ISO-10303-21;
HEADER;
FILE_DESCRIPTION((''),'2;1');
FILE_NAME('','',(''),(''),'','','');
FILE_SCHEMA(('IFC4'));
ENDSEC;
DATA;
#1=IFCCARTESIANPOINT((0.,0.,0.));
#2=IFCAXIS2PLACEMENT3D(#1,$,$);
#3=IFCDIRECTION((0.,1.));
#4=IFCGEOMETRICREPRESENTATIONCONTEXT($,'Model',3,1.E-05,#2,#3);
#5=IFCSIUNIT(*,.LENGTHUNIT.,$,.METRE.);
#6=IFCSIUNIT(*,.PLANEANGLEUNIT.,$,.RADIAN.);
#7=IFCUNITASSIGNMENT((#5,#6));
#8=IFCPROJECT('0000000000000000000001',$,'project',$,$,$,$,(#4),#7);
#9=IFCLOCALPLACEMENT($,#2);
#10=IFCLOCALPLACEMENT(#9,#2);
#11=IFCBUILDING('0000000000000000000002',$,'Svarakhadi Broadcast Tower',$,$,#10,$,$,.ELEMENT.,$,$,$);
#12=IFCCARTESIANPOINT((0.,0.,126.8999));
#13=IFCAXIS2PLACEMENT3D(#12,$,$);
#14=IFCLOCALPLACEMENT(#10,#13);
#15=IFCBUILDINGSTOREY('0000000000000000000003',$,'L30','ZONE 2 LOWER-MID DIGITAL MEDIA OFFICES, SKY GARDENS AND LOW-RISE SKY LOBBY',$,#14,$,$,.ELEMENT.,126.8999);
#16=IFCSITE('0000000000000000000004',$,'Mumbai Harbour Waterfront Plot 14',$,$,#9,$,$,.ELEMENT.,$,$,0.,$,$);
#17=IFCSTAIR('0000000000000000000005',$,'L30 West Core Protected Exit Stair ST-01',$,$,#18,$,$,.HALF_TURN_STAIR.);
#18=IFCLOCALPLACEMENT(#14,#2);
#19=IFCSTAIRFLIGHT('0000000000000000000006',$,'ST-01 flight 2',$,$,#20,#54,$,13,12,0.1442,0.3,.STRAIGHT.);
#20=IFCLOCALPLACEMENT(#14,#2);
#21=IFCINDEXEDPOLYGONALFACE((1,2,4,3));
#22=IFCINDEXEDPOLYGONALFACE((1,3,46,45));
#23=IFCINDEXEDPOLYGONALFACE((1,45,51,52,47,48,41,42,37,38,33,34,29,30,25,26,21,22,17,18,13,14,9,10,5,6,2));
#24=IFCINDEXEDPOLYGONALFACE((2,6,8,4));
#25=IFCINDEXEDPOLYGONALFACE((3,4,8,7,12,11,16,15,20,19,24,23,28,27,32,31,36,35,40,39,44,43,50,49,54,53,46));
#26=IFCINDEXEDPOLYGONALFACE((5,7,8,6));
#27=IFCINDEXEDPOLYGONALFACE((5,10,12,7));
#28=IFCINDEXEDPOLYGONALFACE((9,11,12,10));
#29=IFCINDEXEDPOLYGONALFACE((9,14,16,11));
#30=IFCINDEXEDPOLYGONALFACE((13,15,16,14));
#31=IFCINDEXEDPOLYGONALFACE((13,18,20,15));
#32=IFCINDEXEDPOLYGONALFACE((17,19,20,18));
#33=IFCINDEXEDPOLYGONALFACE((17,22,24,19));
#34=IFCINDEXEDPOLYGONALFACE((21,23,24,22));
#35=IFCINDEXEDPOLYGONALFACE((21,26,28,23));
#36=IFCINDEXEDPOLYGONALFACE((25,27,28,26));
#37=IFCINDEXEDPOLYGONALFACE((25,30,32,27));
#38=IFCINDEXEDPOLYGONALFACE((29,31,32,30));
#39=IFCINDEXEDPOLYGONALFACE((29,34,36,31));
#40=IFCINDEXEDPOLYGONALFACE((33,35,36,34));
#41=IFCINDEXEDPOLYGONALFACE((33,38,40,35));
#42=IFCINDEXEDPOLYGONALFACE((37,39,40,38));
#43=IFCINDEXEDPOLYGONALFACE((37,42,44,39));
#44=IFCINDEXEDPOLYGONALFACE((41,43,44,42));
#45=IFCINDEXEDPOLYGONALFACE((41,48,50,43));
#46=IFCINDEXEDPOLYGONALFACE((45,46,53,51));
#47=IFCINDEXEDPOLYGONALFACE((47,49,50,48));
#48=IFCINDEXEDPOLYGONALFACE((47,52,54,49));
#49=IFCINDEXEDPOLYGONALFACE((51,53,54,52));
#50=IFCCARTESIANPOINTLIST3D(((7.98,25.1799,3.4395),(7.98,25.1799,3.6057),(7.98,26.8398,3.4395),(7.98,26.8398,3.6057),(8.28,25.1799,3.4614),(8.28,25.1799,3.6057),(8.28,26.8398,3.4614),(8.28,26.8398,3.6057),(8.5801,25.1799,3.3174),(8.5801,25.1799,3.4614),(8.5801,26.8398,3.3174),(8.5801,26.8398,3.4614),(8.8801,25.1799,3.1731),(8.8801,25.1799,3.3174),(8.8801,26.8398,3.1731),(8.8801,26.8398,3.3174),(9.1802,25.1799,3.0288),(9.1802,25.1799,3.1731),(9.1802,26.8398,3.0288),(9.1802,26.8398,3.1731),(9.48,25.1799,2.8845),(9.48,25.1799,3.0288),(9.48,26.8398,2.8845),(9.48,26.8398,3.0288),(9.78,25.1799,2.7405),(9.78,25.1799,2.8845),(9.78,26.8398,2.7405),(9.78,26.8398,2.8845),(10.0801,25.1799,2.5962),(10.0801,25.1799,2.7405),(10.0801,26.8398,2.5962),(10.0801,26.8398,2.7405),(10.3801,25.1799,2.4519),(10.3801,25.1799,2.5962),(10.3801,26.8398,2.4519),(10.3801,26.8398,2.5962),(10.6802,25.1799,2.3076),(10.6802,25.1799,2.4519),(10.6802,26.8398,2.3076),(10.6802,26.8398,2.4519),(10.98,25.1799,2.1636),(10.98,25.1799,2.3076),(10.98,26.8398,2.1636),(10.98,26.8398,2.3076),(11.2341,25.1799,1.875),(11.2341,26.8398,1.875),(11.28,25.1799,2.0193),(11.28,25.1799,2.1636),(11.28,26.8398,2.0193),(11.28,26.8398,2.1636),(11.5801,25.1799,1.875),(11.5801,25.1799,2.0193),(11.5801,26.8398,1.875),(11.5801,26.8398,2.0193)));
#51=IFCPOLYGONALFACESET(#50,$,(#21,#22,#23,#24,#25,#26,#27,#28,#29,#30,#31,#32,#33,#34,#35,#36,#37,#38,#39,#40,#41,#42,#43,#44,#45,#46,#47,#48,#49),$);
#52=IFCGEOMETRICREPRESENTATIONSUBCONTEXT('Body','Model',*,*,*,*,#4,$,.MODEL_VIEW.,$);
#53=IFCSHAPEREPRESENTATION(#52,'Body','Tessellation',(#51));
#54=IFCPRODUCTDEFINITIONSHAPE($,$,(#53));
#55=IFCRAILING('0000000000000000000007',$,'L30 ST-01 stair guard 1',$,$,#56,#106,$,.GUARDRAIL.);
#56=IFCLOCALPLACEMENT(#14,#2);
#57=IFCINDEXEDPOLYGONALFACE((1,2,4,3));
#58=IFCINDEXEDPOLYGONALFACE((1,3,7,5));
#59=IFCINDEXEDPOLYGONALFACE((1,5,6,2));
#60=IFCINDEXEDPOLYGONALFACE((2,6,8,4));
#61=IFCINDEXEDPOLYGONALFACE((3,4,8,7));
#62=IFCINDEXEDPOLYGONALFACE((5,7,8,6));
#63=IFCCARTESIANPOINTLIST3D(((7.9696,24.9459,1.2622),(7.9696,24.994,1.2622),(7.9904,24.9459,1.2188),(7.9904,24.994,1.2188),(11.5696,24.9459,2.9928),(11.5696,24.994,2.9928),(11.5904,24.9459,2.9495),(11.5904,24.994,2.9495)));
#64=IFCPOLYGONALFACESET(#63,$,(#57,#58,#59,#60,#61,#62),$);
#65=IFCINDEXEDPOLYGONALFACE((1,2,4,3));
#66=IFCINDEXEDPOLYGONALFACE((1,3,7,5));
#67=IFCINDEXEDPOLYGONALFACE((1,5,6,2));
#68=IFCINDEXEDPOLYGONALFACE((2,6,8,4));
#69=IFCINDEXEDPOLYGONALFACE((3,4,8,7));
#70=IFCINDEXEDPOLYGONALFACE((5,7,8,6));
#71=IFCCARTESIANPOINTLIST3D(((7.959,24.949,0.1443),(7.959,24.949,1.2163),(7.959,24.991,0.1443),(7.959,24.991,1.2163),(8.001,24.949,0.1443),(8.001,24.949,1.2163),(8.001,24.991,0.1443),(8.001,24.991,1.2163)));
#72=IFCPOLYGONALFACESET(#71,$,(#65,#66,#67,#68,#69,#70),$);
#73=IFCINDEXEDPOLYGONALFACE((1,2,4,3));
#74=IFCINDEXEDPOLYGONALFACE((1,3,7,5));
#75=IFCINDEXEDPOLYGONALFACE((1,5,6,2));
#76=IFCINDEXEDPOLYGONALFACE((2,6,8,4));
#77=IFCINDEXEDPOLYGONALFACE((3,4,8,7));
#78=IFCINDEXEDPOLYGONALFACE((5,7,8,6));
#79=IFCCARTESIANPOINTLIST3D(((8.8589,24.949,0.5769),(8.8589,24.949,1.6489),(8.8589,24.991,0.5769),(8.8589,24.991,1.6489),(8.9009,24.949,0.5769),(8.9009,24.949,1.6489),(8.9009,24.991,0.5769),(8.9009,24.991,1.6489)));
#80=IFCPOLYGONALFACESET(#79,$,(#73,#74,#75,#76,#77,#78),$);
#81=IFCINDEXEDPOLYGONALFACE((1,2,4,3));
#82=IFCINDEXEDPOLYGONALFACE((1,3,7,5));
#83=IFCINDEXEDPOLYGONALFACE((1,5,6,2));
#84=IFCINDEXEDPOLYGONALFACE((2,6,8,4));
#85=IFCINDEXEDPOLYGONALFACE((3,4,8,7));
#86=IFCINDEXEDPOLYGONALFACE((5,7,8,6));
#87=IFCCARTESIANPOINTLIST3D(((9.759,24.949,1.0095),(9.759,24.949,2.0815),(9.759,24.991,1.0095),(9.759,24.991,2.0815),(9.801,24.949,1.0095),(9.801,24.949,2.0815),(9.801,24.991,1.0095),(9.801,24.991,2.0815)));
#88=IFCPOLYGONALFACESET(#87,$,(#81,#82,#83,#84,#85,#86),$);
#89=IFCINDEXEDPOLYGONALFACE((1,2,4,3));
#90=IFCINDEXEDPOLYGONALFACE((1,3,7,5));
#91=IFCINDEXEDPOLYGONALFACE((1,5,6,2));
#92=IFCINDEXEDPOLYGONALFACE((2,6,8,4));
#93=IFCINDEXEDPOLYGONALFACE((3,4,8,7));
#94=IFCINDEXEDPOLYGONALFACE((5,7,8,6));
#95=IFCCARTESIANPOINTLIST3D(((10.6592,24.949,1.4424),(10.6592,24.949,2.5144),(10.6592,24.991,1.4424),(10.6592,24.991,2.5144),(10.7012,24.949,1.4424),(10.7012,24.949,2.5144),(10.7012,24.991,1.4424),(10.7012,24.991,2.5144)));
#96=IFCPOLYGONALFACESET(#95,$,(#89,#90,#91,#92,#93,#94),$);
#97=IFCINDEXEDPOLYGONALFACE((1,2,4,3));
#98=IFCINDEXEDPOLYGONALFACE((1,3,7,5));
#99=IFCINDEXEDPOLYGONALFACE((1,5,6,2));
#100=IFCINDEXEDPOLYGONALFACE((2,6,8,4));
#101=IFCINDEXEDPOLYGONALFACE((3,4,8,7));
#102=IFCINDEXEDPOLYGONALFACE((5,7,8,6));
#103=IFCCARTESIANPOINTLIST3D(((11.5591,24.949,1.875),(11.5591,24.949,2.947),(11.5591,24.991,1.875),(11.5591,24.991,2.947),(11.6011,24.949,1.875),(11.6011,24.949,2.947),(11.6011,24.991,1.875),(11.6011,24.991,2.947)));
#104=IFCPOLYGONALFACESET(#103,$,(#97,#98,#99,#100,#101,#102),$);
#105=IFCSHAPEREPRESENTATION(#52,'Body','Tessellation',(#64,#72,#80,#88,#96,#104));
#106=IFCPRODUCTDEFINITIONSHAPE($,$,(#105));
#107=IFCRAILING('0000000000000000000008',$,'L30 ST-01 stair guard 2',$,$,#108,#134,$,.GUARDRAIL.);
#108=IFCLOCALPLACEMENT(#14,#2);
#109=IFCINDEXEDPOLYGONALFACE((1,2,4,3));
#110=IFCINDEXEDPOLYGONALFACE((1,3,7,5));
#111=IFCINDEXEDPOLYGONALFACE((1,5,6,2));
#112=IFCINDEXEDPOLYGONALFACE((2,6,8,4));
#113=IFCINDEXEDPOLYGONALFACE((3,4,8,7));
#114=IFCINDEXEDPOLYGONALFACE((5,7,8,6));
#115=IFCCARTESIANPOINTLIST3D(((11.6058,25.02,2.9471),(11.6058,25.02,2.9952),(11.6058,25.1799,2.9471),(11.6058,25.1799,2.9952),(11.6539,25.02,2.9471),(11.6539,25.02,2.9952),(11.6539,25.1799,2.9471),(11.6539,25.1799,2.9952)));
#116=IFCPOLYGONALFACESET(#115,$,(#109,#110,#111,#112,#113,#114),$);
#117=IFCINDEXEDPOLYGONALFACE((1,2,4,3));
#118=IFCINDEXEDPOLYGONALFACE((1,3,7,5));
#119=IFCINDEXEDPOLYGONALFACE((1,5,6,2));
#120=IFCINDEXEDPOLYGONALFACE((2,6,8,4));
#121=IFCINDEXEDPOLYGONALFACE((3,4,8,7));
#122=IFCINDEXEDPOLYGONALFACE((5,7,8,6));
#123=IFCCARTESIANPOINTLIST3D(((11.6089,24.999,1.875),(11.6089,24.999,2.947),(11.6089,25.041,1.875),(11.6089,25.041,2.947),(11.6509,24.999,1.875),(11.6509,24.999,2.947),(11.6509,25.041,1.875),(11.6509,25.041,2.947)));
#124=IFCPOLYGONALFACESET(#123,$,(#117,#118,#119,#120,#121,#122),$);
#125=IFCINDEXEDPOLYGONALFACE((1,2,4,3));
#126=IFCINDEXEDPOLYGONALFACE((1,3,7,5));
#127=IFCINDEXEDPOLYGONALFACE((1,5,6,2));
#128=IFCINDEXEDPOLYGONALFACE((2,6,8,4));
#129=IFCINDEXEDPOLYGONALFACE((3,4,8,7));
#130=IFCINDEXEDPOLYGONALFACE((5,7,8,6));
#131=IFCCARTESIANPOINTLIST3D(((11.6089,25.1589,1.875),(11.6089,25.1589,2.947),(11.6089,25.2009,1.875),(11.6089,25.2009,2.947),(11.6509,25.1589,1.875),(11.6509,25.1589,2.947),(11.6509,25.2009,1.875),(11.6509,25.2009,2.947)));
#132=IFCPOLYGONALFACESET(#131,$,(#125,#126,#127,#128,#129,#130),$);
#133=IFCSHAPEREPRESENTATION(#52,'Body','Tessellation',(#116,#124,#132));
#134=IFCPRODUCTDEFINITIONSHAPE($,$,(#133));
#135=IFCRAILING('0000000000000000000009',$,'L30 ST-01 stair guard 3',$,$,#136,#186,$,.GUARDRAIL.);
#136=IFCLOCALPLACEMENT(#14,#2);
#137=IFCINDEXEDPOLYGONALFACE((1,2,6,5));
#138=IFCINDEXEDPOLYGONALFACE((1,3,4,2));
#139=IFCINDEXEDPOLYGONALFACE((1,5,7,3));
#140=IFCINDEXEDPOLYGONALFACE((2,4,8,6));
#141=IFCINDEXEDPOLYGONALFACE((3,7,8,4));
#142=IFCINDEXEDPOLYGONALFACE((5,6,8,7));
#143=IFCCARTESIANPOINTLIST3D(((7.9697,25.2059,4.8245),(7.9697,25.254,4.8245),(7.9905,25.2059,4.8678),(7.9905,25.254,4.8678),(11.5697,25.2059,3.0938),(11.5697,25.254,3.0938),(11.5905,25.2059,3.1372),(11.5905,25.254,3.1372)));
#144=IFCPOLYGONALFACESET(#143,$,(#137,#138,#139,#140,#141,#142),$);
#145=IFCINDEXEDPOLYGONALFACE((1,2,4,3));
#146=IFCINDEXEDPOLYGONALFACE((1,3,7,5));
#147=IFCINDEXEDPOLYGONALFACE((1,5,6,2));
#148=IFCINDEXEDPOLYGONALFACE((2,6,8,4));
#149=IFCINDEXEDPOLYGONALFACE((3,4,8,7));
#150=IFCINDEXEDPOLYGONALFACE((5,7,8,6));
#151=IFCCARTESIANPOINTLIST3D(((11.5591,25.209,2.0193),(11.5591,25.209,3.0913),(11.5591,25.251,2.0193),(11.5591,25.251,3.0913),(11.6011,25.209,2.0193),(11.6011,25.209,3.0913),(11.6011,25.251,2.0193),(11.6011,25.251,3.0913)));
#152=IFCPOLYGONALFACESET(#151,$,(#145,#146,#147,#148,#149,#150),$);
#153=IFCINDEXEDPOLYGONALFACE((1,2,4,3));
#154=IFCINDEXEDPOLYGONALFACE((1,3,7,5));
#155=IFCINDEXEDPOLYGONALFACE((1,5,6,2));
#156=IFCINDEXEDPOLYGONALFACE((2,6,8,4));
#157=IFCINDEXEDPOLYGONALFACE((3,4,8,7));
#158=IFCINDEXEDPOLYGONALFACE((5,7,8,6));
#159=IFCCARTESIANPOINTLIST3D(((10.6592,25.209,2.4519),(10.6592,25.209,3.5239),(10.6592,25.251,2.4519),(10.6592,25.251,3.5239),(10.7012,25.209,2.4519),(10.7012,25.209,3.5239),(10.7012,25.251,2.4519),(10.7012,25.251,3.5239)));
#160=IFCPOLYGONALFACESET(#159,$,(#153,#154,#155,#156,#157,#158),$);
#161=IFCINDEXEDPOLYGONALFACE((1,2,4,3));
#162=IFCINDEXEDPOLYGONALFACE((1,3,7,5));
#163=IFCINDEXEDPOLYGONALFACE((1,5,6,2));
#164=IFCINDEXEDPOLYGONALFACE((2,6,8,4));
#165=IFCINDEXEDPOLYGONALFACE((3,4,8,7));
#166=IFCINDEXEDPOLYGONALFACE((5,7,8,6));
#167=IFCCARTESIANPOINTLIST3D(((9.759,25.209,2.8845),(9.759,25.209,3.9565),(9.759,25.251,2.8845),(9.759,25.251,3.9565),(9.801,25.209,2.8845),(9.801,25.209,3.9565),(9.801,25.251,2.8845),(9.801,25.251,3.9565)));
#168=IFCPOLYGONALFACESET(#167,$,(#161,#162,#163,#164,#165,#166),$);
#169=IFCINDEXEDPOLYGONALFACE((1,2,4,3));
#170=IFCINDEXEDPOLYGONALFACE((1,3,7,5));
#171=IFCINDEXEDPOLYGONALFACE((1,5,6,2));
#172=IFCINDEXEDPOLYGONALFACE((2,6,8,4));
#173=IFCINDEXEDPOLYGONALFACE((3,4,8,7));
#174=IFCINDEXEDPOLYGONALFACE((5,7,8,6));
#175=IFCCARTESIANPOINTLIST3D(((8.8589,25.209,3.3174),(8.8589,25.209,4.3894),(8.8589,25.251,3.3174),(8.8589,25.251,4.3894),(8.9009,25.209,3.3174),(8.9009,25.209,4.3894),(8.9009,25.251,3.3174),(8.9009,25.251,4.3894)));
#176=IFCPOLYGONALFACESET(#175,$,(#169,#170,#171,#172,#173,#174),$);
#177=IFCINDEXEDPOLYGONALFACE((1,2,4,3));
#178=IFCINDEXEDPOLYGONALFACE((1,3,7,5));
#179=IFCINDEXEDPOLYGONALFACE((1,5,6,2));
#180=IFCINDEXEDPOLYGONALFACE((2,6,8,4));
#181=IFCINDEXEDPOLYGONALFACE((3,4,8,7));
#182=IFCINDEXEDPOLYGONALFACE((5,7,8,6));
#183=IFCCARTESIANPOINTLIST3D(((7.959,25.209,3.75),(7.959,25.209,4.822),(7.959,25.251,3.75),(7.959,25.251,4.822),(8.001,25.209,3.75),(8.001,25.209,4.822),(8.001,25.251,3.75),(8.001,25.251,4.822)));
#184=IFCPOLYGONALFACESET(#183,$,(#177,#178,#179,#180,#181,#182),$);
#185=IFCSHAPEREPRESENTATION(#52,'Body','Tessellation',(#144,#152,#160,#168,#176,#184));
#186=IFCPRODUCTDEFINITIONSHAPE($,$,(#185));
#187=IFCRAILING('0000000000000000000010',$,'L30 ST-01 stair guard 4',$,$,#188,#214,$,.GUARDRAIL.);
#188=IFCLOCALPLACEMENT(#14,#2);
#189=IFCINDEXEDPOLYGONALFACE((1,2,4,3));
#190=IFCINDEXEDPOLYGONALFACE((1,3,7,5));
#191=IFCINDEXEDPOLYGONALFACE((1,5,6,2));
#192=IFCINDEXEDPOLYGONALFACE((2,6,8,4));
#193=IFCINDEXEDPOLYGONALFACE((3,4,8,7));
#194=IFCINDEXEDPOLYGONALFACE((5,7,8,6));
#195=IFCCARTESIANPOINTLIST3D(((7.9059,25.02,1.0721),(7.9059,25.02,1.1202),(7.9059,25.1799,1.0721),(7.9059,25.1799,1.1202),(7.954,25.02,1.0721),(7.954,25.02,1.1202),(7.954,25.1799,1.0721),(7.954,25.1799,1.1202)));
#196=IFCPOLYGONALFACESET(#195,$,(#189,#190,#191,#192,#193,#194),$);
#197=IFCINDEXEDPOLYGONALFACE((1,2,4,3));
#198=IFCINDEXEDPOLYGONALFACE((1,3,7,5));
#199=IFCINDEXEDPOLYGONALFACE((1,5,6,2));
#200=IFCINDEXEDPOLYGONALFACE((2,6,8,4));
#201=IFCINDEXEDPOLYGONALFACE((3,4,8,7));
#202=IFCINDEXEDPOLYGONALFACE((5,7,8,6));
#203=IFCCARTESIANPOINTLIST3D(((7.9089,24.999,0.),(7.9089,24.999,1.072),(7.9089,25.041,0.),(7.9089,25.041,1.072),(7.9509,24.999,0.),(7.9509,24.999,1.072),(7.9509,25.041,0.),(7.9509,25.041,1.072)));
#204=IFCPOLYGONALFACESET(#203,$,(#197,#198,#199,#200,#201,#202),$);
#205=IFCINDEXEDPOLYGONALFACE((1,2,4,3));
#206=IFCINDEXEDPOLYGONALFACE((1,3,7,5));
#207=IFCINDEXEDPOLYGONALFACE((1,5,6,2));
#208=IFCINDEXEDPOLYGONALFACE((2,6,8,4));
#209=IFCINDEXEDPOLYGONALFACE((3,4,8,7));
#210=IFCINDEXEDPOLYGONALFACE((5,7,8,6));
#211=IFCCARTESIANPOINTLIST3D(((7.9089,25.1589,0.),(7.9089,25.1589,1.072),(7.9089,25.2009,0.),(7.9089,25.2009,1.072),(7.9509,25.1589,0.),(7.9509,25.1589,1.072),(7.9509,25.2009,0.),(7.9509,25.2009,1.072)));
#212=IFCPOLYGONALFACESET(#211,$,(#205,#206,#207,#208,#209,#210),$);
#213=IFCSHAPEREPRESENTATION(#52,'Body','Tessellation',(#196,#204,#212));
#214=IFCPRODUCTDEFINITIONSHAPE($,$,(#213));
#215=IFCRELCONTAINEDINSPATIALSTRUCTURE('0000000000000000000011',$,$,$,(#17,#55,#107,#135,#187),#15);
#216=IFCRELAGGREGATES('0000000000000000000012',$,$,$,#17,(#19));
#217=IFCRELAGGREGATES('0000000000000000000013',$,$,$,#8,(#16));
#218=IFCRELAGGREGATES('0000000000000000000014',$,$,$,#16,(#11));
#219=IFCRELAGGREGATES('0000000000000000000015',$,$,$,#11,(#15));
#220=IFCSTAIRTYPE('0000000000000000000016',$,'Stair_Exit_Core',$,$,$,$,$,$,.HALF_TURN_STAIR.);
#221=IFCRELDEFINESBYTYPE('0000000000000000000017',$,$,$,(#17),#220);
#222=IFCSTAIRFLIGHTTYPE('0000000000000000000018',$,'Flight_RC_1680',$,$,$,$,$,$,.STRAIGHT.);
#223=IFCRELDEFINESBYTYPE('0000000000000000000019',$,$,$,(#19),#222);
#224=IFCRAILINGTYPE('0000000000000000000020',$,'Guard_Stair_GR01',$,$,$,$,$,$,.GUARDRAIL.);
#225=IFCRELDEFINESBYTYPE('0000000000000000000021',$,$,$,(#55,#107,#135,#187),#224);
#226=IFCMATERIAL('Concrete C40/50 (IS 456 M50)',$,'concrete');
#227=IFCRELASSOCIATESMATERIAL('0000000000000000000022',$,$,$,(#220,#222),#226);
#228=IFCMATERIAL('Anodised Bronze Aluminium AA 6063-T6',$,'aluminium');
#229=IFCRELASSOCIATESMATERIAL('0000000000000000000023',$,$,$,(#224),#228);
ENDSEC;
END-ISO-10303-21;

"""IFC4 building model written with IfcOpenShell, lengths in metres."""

from ifc_helpers import new_model, si_unit, direction, frame, origin, origin_2d, place, context, subcontext, project, spatial, polyline, rectangle, outline, extrude, material, type_object, element, aggregate, save


model = new_model("IFC4")

# Units and contexts
model_context = context("Model", 3, precision=1e-05, world=origin(), true_north=direction((0.0, 1.0)))
body_context = subcontext(model_context, "Body", "Model", "MODEL_VIEW")
ifc_project = project(units=[si_unit("LENGTHUNIT", "METRE"), si_unit("PLANEANGLEUNIT", "RADIAN")], contexts=[model_context])

# Site, building, storey
site_placement = place(None, origin())
site = spatial("IfcSite", under=ifc_project, at=site_placement, Name="Mumbai Harbour Waterfront Plot 14", CompositionType="ELEMENT", RefElevation=0.0)
building_placement = place(site_placement, origin())
building = spatial("IfcBuilding", under=site, at=building_placement, Name="Svarakhadi Broadcast Tower", CompositionType="ELEMENT")
storey_placement = place(building_placement, frame((0.0, 0.0, 126.8999)))
storey = spatial("IfcBuildingStorey", under=building, at=storey_placement, Name="L30", Description="ZONE 2 LOWER-MID DIGITAL MEDIA OFFICES, SKY GARDENS AND LOW-RISE SKY LOBBY", CompositionType="ELEMENT", Elevation=126.8999)

# Shared definitions
ifc_material_1 = material(Name="Concrete C40/50 (IS 456 M50)", Category="concrete")

# Stair, stair flight
stair_type = type_object("IfcStairType", Name="Stair_Exit_Core", PredefinedType="HALF_TURN_STAIR", material=ifc_material_1)
stair_placement = place(storey_placement, origin())
stair = element("IfcStair", 1, at=stair_placement, inside=storey, type_object=stair_type, Name="L30 West Core Protected Exit Stair ST-01", PredefinedType="HALF_TURN_STAIR")
stair_flight_type = type_object("IfcStairFlightType", Name="Flight_RC_1680", PredefinedType="STRAIGHT", material=ifc_material_1)
stair_flight_1_placement = place(storey_placement, frame((11.5801, 26.01, 1.875), z_axis=(0.0, 0.0, 1.0), x_axis=(-1.0, 0.0, 0.0)))
stair_flight_1 = element("IfcStairFlight", 2, at=stair_flight_1_placement, type_object=stair_flight_type, Name="ST-01 flight 2", NumberOfRisers=13, NumberOfTreads=12, PredefinedType="STRAIGHT", RiserHeight=0.1442, TreadLength=0.3, context=body_context, shape_type="SweptSolid", body=[
    extrude(outline(polyline([(0.0, 0.0), (0.0, 0.1443), (0.3, 0.1443), (0.3, 0.2886), (0.6001, 0.2886), (0.6001, 0.4326), (0.8999, 0.4326), (0.8999, 0.5769), (1.2, 0.5769), (1.2, 0.7212), (1.5, 0.7212), (1.5, 0.8655), (1.8, 0.8655), (1.8, 1.0095), (2.1001, 1.0095), (2.1001, 1.1538), (2.3999, 1.1538), (2.3999, 1.2981), (2.7, 1.2981), (2.7, 1.4424), (3.0, 1.4424), (3.0, 1.5864), (3.3, 1.5864), (3.3, 1.7307), (3.6001, 1.7307), (3.6001, 1.875), (3.6001, 1.5645), (0.3459, 0.0), (0.0, 0.0)])), frame((0.0, 0.8301, 0.0), z_axis=(0.0, -1.0, 0.0), x_axis=(1.0, 0.0, 0.0)), (0.0, 0.0, 1.0), 1.6599),
])
aggregate(stair, [stair_flight_1])

# Railings
ifc_material_2 = material(Name="Anodised Bronze Aluminium AA 6063-T6", Category="aluminium")
railing_type_1 = type_object("IfcRailingType", Name="Guard_Stair_GR01", PredefinedType="GUARDRAIL", material=ifc_material_2)
railing_1_placement = place(storey_placement, frame((7.98, 24.97, 0.1443)))
element("IfcRailing", 3, at=railing_1_placement, inside=storey, type_object=railing_type_1, Name="L30 ST-01 stair guard 1", PredefinedType="GUARDRAIL", context=body_context, shape_type="SweptSolid", body=[
    extrude(rectangle(XDim=0.0481, YDim=0.0481, at=origin_2d()), frame((0.0, 0.0, 1.0962), z_axis=(0.901263, 0.0, 0.433273), x_axis=(0.0, 1.0, 0.0)), (0.0, 0.0, 1.0), 3.9944),
    extrude(rectangle(XDim=0.042, YDim=0.042, at=origin_2d()), origin(), (0.0, 0.0, 1.0), 1.072),
    extrude(rectangle(XDim=0.042, YDim=0.042, at=origin_2d()), frame((0.8999, 0.0, 0.4326)), (0.0, 0.0, 1.0), 1.072),
    extrude(rectangle(XDim=0.042, YDim=0.042, at=origin_2d()), frame((1.8, 0.0, 0.8652)), (0.0, 0.0, 1.0), 1.072),
    extrude(rectangle(XDim=0.042, YDim=0.042, at=origin_2d()), frame((2.7002, 0.0, 1.2981)), (0.0, 0.0, 1.0), 1.072),
    extrude(rectangle(XDim=0.042, YDim=0.042, at=origin_2d()), frame((3.6001, 0.0, 1.7307)), (0.0, 0.0, 1.0), 1.072),
])
railing_2_placement = place(storey_placement, frame((11.6299, 25.02, 1.875)))
element("IfcRailing", 4, at=railing_2_placement, inside=storey, type_object=railing_type_1, Name="L30 ST-01 stair guard 2", PredefinedType="GUARDRAIL", context=body_context, shape_type="SweptSolid", body=[
    extrude(rectangle(XDim=0.0481, YDim=0.0481, at=origin_2d()), frame((0.0, 0.0, 1.0962), z_axis=(0.0, 1.0, 0.0), x_axis=(-1.0, 0.0, 0.0)), (0.0, 0.0, 1.0), 0.1599),
    extrude(rectangle(XDim=0.042, YDim=0.042, at=origin_2d()), origin(), (0.0, 0.0, 1.0), 1.072),
    extrude(rectangle(XDim=0.042, YDim=0.042, at=origin_2d()), frame((0.0, 0.1599, 0.0)), (0.0, 0.0, 1.0), 1.072),
])
railing_3_placement = place(storey_placement, frame((11.5801, 25.23, 2.0193)))
element("IfcRailing", 5, at=railing_3_placement, inside=storey, type_object=railing_type_1, Name="L30 ST-01 stair guard 3", PredefinedType="GUARDRAIL", context=body_context, shape_type="SweptSolid", body=[
    extrude(rectangle(XDim=0.0481, YDim=0.0481, at=origin_2d()), frame((0.0, 0.0, 1.0962), z_axis=(-0.901263, 0.0, 0.433273), x_axis=(0.0, -1.0, 0.0)), (0.0, 0.0, 1.0), 3.9944),
    extrude(rectangle(XDim=0.042, YDim=0.042, at=origin_2d()), origin(), (0.0, 0.0, 1.0), 1.072),
    extrude(rectangle(XDim=0.042, YDim=0.042, at=origin_2d()), frame((-0.8999, 0.0, 0.4326)), (0.0, 0.0, 1.0), 1.072),
    extrude(rectangle(XDim=0.042, YDim=0.042, at=origin_2d()), frame((-1.8, 0.0, 0.8652)), (0.0, 0.0, 1.0), 1.072),
    extrude(rectangle(XDim=0.042, YDim=0.042, at=origin_2d()), frame((-2.7002, 0.0, 1.2981)), (0.0, 0.0, 1.0), 1.072),
    extrude(rectangle(XDim=0.042, YDim=0.042, at=origin_2d()), frame((-3.6001, 0.0, 1.7307)), (0.0, 0.0, 1.0), 1.072),
])
railing_4_placement = place(storey_placement, frame((7.9299, 25.02, 0.0)))
element("IfcRailing", 6, at=railing_4_placement, inside=storey, type_object=railing_type_1, Name="L30 ST-01 stair guard 4", PredefinedType="GUARDRAIL", context=body_context, shape_type="SweptSolid", body=[
    extrude(rectangle(XDim=0.0481, YDim=0.0481, at=origin_2d()), frame((0.0, 0.0, 1.0962), z_axis=(0.0, 1.0, 0.0), x_axis=(-1.0, 0.0, 0.0)), (0.0, 0.0, 1.0), 0.1599),
    extrude(rectangle(XDim=0.042, YDim=0.042, at=origin_2d()), origin(), (0.0, 0.0, 1.0), 1.072),
    extrude(rectangle(XDim=0.042, YDim=0.042, at=origin_2d()), frame((0.0, 0.1599, 0.0)), (0.0, 0.0, 1.0), 1.072),
])

save(model, "model.ifc")
